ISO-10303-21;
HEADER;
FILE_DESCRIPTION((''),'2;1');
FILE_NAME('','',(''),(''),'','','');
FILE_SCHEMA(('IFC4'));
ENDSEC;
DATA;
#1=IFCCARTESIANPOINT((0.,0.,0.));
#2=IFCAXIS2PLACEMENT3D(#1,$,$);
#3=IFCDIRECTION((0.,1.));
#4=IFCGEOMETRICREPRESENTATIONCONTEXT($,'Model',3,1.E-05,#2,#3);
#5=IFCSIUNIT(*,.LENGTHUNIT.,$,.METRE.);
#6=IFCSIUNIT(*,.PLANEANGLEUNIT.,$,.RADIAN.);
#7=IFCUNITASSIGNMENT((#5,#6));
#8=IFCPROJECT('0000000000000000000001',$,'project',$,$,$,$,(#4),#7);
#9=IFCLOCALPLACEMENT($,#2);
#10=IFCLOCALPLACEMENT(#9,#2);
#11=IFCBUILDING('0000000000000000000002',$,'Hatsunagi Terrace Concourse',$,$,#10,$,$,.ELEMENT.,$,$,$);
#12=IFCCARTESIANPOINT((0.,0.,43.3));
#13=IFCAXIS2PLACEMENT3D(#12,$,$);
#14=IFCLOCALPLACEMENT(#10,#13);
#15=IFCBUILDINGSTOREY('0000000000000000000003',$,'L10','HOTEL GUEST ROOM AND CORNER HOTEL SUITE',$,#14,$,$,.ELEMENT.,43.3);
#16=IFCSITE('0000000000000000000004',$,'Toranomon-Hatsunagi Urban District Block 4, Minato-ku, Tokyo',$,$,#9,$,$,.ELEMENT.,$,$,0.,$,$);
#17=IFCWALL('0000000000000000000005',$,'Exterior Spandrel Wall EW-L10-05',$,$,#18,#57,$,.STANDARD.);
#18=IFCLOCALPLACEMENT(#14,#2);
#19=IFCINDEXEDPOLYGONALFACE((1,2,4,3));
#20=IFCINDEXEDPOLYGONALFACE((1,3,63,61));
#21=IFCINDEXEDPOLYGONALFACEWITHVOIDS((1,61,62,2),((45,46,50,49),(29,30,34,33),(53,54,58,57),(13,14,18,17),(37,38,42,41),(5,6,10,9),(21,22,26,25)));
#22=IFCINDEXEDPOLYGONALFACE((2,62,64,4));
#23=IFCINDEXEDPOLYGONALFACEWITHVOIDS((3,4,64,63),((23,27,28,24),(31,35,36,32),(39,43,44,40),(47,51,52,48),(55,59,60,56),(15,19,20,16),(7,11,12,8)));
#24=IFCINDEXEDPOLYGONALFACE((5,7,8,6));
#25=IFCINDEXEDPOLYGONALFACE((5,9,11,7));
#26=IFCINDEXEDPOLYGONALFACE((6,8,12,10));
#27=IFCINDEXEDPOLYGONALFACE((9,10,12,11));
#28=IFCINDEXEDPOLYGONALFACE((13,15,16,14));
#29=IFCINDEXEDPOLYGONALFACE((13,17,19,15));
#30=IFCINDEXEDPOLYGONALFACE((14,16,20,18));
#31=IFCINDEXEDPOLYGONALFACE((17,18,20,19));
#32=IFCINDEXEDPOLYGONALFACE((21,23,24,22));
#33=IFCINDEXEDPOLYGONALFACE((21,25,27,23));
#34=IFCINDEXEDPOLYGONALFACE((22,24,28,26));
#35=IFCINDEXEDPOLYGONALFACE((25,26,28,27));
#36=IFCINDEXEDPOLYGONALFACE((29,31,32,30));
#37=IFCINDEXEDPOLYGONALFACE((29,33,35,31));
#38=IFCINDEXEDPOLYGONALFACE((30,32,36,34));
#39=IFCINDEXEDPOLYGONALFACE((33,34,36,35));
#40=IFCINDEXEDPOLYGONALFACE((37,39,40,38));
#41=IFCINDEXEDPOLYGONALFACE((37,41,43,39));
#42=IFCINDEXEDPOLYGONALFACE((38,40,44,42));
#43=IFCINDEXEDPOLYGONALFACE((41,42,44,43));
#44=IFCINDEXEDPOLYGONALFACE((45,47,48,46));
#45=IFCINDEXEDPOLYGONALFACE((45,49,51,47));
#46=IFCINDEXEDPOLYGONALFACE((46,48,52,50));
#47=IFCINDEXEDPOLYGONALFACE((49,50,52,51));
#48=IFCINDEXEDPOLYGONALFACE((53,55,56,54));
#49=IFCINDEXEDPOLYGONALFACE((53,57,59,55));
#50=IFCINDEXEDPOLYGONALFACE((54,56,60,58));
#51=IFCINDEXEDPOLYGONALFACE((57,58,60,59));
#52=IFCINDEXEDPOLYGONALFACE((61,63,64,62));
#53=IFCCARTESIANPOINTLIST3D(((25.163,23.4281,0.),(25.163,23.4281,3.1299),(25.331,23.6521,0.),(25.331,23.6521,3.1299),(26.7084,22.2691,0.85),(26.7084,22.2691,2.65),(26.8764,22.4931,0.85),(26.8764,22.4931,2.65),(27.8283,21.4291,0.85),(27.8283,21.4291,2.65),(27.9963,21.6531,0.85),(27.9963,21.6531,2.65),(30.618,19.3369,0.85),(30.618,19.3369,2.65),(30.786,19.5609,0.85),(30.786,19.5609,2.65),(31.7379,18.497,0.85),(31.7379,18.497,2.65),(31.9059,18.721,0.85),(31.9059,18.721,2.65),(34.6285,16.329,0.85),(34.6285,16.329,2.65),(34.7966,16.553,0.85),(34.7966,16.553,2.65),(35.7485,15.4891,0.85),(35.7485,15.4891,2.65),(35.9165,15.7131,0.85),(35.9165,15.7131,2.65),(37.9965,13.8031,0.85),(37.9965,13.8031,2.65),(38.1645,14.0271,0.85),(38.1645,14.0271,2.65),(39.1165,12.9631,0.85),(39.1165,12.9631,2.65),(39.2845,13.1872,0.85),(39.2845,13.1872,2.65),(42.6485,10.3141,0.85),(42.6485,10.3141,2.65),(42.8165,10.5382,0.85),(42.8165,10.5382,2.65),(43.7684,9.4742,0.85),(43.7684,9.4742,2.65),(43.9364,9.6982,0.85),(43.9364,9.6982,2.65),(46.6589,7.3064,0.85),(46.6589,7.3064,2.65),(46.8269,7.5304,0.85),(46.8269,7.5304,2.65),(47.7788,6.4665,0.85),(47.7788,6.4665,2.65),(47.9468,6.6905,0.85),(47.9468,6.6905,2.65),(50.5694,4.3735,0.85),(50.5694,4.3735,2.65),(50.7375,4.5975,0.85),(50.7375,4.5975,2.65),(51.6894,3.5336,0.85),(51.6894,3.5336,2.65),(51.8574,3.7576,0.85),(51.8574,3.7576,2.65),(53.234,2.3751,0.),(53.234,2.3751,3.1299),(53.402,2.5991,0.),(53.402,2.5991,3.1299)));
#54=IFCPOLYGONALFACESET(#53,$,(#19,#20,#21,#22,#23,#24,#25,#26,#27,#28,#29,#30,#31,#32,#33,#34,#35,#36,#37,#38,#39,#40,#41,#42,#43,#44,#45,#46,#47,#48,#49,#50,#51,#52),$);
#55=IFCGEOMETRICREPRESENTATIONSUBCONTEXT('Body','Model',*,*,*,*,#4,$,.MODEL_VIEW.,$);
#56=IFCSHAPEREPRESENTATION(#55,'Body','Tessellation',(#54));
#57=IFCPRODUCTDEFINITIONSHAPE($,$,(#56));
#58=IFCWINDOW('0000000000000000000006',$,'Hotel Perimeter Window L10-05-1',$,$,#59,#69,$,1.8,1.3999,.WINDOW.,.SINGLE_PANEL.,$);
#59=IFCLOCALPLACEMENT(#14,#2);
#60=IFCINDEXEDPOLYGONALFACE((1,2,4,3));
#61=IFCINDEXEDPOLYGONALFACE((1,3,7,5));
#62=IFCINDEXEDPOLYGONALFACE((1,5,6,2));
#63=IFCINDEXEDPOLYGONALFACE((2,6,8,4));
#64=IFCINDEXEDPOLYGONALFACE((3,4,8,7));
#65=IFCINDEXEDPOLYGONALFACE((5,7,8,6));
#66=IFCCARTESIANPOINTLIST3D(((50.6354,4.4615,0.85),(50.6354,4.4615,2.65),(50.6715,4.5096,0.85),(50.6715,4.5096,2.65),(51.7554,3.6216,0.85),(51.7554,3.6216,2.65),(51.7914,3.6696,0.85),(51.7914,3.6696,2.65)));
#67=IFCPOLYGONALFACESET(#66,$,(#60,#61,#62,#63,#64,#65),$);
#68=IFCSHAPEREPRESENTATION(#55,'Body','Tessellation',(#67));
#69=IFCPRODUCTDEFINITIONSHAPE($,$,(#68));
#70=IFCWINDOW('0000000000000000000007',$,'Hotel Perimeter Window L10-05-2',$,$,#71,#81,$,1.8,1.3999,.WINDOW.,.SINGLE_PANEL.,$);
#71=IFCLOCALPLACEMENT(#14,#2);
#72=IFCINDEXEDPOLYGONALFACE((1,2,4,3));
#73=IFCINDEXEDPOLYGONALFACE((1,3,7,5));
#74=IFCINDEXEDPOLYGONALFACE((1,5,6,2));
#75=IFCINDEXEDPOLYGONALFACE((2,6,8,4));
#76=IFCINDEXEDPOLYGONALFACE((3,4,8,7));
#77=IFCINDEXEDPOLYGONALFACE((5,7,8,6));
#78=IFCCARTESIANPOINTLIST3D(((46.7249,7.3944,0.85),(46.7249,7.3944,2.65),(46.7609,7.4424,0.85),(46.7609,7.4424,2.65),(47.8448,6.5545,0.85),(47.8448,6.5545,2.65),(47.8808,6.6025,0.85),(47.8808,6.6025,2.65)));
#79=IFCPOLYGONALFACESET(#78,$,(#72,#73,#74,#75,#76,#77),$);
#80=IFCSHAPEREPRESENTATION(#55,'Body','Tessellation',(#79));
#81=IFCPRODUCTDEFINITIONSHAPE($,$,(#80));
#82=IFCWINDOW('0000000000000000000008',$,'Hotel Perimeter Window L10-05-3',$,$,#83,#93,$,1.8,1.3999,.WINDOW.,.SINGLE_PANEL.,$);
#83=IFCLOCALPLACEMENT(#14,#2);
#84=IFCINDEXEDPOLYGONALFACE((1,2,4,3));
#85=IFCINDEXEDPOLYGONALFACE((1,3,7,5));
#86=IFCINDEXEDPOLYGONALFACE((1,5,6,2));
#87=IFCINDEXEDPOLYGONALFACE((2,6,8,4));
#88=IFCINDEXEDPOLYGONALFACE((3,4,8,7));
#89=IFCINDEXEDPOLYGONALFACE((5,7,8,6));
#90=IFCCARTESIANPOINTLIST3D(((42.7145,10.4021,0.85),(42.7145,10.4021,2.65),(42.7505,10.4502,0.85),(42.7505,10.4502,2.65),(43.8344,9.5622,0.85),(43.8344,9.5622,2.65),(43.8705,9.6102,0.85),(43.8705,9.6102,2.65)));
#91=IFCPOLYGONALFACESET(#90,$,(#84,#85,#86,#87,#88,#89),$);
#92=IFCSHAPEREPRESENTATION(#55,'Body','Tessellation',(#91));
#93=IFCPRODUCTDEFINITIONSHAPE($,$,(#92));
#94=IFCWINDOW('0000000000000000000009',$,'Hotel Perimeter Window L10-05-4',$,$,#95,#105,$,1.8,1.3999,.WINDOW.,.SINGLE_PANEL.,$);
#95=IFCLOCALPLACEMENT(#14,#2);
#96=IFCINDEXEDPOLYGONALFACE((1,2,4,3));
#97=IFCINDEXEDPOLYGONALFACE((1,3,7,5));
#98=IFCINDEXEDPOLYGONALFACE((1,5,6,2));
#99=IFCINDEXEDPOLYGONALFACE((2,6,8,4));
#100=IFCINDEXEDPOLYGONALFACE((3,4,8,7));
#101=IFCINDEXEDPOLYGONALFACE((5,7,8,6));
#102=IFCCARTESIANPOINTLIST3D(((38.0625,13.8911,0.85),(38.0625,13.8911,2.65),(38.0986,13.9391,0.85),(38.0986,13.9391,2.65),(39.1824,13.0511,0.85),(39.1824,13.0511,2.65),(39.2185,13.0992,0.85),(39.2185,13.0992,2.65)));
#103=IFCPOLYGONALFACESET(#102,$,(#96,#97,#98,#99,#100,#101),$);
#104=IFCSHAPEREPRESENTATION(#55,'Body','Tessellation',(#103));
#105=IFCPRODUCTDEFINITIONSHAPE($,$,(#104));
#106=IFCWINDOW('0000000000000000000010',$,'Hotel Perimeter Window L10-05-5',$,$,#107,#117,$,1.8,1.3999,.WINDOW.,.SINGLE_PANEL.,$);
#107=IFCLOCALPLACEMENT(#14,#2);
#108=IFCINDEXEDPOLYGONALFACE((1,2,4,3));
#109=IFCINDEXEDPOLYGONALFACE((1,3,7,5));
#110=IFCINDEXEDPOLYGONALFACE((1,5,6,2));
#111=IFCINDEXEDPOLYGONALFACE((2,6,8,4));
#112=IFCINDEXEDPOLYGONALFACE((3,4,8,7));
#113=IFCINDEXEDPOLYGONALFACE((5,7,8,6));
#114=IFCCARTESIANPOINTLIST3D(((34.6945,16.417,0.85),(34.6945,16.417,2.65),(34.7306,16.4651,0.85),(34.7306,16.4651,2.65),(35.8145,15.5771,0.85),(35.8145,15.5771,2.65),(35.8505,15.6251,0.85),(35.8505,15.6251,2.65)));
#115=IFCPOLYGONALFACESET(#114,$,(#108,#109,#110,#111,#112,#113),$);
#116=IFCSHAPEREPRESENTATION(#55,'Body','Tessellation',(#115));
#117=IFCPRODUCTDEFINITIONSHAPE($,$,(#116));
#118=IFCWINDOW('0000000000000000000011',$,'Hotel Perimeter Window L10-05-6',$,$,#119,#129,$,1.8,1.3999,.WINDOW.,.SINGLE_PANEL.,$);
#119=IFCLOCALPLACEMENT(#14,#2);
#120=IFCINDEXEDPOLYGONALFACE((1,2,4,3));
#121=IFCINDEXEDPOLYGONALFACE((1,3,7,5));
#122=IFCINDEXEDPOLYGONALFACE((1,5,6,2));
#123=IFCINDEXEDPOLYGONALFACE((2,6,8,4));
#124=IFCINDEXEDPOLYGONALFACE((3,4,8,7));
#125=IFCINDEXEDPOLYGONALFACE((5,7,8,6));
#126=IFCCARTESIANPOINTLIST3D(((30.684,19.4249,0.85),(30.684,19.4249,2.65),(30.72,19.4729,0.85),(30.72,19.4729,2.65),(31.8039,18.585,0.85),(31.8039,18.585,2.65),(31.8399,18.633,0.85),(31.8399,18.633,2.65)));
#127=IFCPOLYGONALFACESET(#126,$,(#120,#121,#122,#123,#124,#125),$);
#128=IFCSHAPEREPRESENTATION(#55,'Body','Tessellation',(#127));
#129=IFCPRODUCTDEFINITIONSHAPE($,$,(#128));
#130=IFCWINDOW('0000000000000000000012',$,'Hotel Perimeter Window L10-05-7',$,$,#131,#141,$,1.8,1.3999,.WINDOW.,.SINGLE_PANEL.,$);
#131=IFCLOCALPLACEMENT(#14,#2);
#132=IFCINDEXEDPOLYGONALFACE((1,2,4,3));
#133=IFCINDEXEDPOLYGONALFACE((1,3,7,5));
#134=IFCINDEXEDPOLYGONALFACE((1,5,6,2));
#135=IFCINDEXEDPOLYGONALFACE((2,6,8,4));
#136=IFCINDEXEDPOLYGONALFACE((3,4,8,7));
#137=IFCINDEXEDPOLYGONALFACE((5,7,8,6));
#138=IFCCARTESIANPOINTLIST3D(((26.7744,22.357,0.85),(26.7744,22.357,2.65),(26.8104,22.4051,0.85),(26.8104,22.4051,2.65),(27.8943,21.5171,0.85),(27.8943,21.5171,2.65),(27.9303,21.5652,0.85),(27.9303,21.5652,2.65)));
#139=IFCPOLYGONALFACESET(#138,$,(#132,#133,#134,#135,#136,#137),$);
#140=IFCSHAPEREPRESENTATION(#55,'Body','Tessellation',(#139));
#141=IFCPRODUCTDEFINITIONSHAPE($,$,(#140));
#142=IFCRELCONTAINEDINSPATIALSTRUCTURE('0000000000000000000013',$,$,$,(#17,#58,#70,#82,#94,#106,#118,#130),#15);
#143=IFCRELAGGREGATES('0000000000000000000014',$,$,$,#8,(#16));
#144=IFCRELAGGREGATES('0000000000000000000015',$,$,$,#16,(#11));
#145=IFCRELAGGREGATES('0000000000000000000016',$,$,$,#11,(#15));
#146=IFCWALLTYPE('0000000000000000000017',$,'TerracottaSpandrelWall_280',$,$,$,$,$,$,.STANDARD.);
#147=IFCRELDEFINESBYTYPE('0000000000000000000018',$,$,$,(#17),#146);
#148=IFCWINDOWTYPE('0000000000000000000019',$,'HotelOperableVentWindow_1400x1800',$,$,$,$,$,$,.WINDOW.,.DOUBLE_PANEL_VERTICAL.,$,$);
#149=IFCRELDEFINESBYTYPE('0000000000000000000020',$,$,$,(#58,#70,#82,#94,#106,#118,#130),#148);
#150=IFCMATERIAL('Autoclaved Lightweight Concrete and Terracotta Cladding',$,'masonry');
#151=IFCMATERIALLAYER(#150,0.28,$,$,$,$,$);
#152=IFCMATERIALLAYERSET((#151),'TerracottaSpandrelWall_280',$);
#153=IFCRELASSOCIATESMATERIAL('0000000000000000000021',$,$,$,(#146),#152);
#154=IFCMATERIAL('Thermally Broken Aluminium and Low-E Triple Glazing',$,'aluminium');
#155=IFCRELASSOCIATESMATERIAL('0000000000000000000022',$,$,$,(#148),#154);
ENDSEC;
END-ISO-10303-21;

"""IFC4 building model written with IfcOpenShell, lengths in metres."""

from ifc_helpers import new_model, si_unit, direction, frame, frame_2d, origin, place, context, subcontext, project, spatial, rectangle, extrude, material, layer, layer_set, type_object, element, fill, save


model = new_model("IFC4")

# Units and contexts
model_context = context("Model", 3, precision=1e-05, world=origin(), true_north=direction((0.0, 1.0)))
body_context = subcontext(model_context, "Body", "Model", "MODEL_VIEW")
ifc_project = project(units=[si_unit("LENGTHUNIT", "METRE"), si_unit("PLANEANGLEUNIT", "RADIAN")], contexts=[model_context])

# Site, building, storey
site_placement = place(None, origin())
site = spatial("IfcSite", under=ifc_project, at=site_placement, Name="Toranomon-Hatsunagi Urban District Block 4, Minato-ku, Tokyo", CompositionType="ELEMENT", RefElevation=0.0)
building_placement = place(site_placement, origin())
building = spatial("IfcBuilding", under=site, at=building_placement, Name="Hatsunagi Terrace Concourse", CompositionType="ELEMENT")
storey_placement = place(building_placement, frame((0.0, 0.0, 43.3)))
storey = spatial("IfcBuildingStorey", under=building, at=storey_placement, Name="L10", Description="HOTEL GUEST ROOM AND CORNER HOTEL SUITE", CompositionType="ELEMENT", Elevation=43.3)

# Wall, openings, windows
ifc_material_1 = material(Name="Autoclaved Lightweight Concrete and Terracotta Cladding", Category="masonry")
ifc_layer_1 = layer(ifc_material_1, 0.28)
ifc_layer_set_1 = layer_set([ifc_layer_1], Name="TerracottaSpandrelWall_280")
wall_type_1 = type_object("IfcWallType", Name="TerracottaSpandrelWall_280", PredefinedType="STANDARD", material=ifc_layer_set_1)
wall_1_placement = place(storey_placement, frame((53.3181, 2.4871, 0.0), z_axis=(0.0, 0.0, 1.0), x_axis=(-0.800004, 0.599994, 0.0)))
wall_1 = element("IfcWall", 1, at=wall_1_placement, inside=storey, type_object=wall_type_1, Name="Exterior Spandrel Wall EW-L10-05", PredefinedType="STANDARD", context=body_context, shape_type="SweptSolid", body=[
    extrude(rectangle(XDim=35.0886, YDim=0.28, at=frame_2d((17.5444, 0.0))), origin(), (0.0, 0.0, 1.0), 3.1299),
])
opening_1_placement = place(wall_1_placement, frame((1.9309, 0.0, 0.8501)))
opening_1 = element("IfcOpeningElement", 2, at=opening_1_placement, cuts=wall_1, PredefinedType="OPENING", context=body_context, shape_type="SweptSolid", body=[
    extrude(rectangle(XDim=1.3999, YDim=1.8, at=frame_2d((0.7, 0.8999))), frame((0.0, 0.1499, 0.0), z_axis=(0.0, -1.0, 0.0), x_axis=(1.0, 0.0, 0.0)), (0.0, 0.0, 1.0), 0.3),
])
opening_2_placement = place(wall_1_placement, frame((6.8191, 0.0, 0.8501)))
opening_2 = element("IfcOpeningElement", 3, at=opening_2_placement, cuts=wall_1, PredefinedType="OPENING", context=body_context, shape_type="SweptSolid", body=[
    extrude(rectangle(XDim=1.3999, YDim=1.8, at=frame_2d((0.7, 0.8999))), frame((0.0, 0.1499, 0.0), z_axis=(0.0, -1.0, 0.0), x_axis=(1.0, 0.0, 0.0)), (0.0, 0.0, 1.0), 0.3),
])
opening_3_placement = place(wall_1_placement, frame((11.832, 0.0, 0.8501)))
opening_3 = element("IfcOpeningElement", 4, at=opening_3_placement, cuts=wall_1, PredefinedType="OPENING", context=body_context, shape_type="SweptSolid", body=[
    extrude(rectangle(XDim=1.3999, YDim=1.8, at=frame_2d((0.7, 0.8999))), frame((0.0, 0.1499, 0.0), z_axis=(0.0, -1.0, 0.0), x_axis=(1.0, 0.0, 0.0)), (0.0, 0.0, 1.0), 0.3),
])
opening_4_placement = place(wall_1_placement, frame((17.647, 0.0, 0.8501)))
opening_4 = element("IfcOpeningElement", 5, at=opening_4_placement, cuts=wall_1, PredefinedType="OPENING", context=body_context, shape_type="SweptSolid", body=[
    extrude(rectangle(XDim=1.3999, YDim=1.8, at=frame_2d((0.7, 0.8999))), frame((0.0, 0.1499, 0.0), z_axis=(0.0, -1.0, 0.0), x_axis=(1.0, 0.0, 0.0)), (0.0, 0.0, 1.0), 0.3),
])
opening_5_placement = place(wall_1_placement, frame((21.8569, 0.0, 0.8501)))
opening_5 = element("IfcOpeningElement", 6, at=opening_5_placement, cuts=wall_1, PredefinedType="OPENING", context=body_context, shape_type="SweptSolid", body=[
    extrude(rectangle(XDim=1.3999, YDim=1.8, at=frame_2d((0.7, 0.8999))), frame((0.0, 0.1499, 0.0), z_axis=(0.0, -1.0, 0.0), x_axis=(1.0, 0.0, 0.0)), (0.0, 0.0, 1.0), 0.3),
])
opening_6_placement = place(wall_1_placement, frame((26.8701, 0.0, 0.8501)))
opening_6 = element("IfcOpeningElement", 7, at=opening_6_placement, cuts=wall_1, PredefinedType="OPENING", context=body_context, shape_type="SweptSolid", body=[
    extrude(rectangle(XDim=1.3999, YDim=1.8, at=frame_2d((0.7, 0.8999))), frame((0.0, 0.1499, 0.0), z_axis=(0.0, -1.0, 0.0), x_axis=(1.0, 0.0, 0.0)), (0.0, 0.0, 1.0), 0.3),
])
opening_7_placement = place(wall_1_placement, frame((31.7571, 0.0, 0.8501)))
opening_7 = element("IfcOpeningElement", 8, at=opening_7_placement, cuts=wall_1, PredefinedType="OPENING", context=body_context, shape_type="SweptSolid", body=[
    extrude(rectangle(XDim=1.3999, YDim=1.8, at=frame_2d((0.7, 0.8999))), frame((0.0, 0.1499, 0.0), z_axis=(0.0, -1.0, 0.0), x_axis=(1.0, 0.0, 0.0)), (0.0, 0.0, 1.0), 0.3),
])
ifc_material_2 = material(Name="Thermally Broken Aluminium and Low-E Triple Glazing", Category="aluminium")
window_type = type_object("IfcWindowType", Name="HotelOperableVentWindow_1400x1800", PartitioningType="DOUBLE_PANEL_VERTICAL", PredefinedType="WINDOW", material=ifc_material_2)
window_1_placement = place(opening_1_placement, origin())
window_1 = element("IfcWindow", 9, at=window_1_placement, inside=storey, type_object=window_type, Name="Hotel Perimeter Window L10-05-1", OverallHeight=1.8, OverallWidth=1.3999, PartitioningType="SINGLE_PANEL", PredefinedType="WINDOW", context=body_context, shape_type="SweptSolid", body=[
    extrude(rectangle(XDim=1.3999, YDim=1.8, at=frame_2d((0.7, 0.8999))), frame((0.0, 0.03, 0.0), z_axis=(0.0, -1.0, 0.0), x_axis=(1.0, 0.0, 0.0)), (0.0, 0.0, 1.0), 0.0601),
])
fill(opening_1, window_1)
window_2_placement = place(opening_2_placement, origin())
window_2 = element("IfcWindow", 10, at=window_2_placement, inside=storey, type_object=window_type, Name="Hotel Perimeter Window L10-05-2", OverallHeight=1.8, OverallWidth=1.3999, PartitioningType="SINGLE_PANEL", PredefinedType="WINDOW", context=body_context, shape_type="SweptSolid", body=[
    extrude(rectangle(XDim=1.3999, YDim=1.8, at=frame_2d((0.7, 0.8999))), frame((0.0, 0.03, 0.0), z_axis=(0.0, -1.0, 0.0), x_axis=(1.0, 0.0, 0.0)), (0.0, 0.0, 1.0), 0.0601),
])
fill(opening_2, window_2)
window_3_placement = place(opening_3_placement, origin())
window_3 = element("IfcWindow", 11, at=window_3_placement, inside=storey, type_object=window_type, Name="Hotel Perimeter Window L10-05-3", OverallHeight=1.8, OverallWidth=1.3999, PartitioningType="SINGLE_PANEL", PredefinedType="WINDOW", context=body_context, shape_type="SweptSolid", body=[
    extrude(rectangle(XDim=1.3999, YDim=1.8, at=frame_2d((0.7, 0.8999))), frame((0.0, 0.03, 0.0), z_axis=(0.0, -1.0, 0.0), x_axis=(1.0, 0.0, 0.0)), (0.0, 0.0, 1.0), 0.0601),
])
fill(opening_3, window_3)
window_4_placement = place(opening_4_placement, origin())
window_4 = element("IfcWindow", 12, at=window_4_placement, inside=storey, type_object=window_type, Name="Hotel Perimeter Window L10-05-4", OverallHeight=1.8, OverallWidth=1.3999, PartitioningType="SINGLE_PANEL", PredefinedType="WINDOW", context=body_context, shape_type="SweptSolid", body=[
    extrude(rectangle(XDim=1.3999, YDim=1.8, at=frame_2d((0.7, 0.8999))), frame((0.0, 0.03, 0.0), z_axis=(0.0, -1.0, 0.0), x_axis=(1.0, 0.0, 0.0)), (0.0, 0.0, 1.0), 0.0601),
])
fill(opening_4, window_4)
window_5_placement = place(opening_5_placement, origin())
window_5 = element("IfcWindow", 13, at=window_5_placement, inside=storey, type_object=window_type, Name="Hotel Perimeter Window L10-05-5", OverallHeight=1.8, OverallWidth=1.3999, PartitioningType="SINGLE_PANEL", PredefinedType="WINDOW", context=body_context, shape_type="SweptSolid", body=[
    extrude(rectangle(XDim=1.3999, YDim=1.8, at=frame_2d((0.7, 0.8999))), frame((0.0, 0.03, 0.0), z_axis=(0.0, -1.0, 0.0), x_axis=(1.0, 0.0, 0.0)), (0.0, 0.0, 1.0), 0.0601),
])
fill(opening_5, window_5)
window_6_placement = place(opening_6_placement, origin())
window_6 = element("IfcWindow", 14, at=window_6_placement, inside=storey, type_object=window_type, Name="Hotel Perimeter Window L10-05-6", OverallHeight=1.8, OverallWidth=1.3999, PartitioningType="SINGLE_PANEL", PredefinedType="WINDOW", context=body_context, shape_type="SweptSolid", body=[
    extrude(rectangle(XDim=1.3999, YDim=1.8, at=frame_2d((0.7, 0.8999))), frame((0.0, 0.03, 0.0), z_axis=(0.0, -1.0, 0.0), x_axis=(1.0, 0.0, 0.0)), (0.0, 0.0, 1.0), 0.0601),
])
fill(opening_6, window_6)
window_7_placement = place(opening_7_placement, origin())
window_7 = element("IfcWindow", 15, at=window_7_placement, inside=storey, type_object=window_type, Name="Hotel Perimeter Window L10-05-7", OverallHeight=1.8, OverallWidth=1.3999, PartitioningType="SINGLE_PANEL", PredefinedType="WINDOW", context=body_context, shape_type="SweptSolid", body=[
    extrude(rectangle(XDim=1.3999, YDim=1.8, at=frame_2d((0.7, 0.8999))), frame((0.0, 0.03, 0.0), z_axis=(0.0, -1.0, 0.0), x_axis=(1.0, 0.0, 0.0)), (0.0, 0.0, 1.0), 0.0601),
])
fill(opening_7, window_7)

save(model, "model.ifc")
